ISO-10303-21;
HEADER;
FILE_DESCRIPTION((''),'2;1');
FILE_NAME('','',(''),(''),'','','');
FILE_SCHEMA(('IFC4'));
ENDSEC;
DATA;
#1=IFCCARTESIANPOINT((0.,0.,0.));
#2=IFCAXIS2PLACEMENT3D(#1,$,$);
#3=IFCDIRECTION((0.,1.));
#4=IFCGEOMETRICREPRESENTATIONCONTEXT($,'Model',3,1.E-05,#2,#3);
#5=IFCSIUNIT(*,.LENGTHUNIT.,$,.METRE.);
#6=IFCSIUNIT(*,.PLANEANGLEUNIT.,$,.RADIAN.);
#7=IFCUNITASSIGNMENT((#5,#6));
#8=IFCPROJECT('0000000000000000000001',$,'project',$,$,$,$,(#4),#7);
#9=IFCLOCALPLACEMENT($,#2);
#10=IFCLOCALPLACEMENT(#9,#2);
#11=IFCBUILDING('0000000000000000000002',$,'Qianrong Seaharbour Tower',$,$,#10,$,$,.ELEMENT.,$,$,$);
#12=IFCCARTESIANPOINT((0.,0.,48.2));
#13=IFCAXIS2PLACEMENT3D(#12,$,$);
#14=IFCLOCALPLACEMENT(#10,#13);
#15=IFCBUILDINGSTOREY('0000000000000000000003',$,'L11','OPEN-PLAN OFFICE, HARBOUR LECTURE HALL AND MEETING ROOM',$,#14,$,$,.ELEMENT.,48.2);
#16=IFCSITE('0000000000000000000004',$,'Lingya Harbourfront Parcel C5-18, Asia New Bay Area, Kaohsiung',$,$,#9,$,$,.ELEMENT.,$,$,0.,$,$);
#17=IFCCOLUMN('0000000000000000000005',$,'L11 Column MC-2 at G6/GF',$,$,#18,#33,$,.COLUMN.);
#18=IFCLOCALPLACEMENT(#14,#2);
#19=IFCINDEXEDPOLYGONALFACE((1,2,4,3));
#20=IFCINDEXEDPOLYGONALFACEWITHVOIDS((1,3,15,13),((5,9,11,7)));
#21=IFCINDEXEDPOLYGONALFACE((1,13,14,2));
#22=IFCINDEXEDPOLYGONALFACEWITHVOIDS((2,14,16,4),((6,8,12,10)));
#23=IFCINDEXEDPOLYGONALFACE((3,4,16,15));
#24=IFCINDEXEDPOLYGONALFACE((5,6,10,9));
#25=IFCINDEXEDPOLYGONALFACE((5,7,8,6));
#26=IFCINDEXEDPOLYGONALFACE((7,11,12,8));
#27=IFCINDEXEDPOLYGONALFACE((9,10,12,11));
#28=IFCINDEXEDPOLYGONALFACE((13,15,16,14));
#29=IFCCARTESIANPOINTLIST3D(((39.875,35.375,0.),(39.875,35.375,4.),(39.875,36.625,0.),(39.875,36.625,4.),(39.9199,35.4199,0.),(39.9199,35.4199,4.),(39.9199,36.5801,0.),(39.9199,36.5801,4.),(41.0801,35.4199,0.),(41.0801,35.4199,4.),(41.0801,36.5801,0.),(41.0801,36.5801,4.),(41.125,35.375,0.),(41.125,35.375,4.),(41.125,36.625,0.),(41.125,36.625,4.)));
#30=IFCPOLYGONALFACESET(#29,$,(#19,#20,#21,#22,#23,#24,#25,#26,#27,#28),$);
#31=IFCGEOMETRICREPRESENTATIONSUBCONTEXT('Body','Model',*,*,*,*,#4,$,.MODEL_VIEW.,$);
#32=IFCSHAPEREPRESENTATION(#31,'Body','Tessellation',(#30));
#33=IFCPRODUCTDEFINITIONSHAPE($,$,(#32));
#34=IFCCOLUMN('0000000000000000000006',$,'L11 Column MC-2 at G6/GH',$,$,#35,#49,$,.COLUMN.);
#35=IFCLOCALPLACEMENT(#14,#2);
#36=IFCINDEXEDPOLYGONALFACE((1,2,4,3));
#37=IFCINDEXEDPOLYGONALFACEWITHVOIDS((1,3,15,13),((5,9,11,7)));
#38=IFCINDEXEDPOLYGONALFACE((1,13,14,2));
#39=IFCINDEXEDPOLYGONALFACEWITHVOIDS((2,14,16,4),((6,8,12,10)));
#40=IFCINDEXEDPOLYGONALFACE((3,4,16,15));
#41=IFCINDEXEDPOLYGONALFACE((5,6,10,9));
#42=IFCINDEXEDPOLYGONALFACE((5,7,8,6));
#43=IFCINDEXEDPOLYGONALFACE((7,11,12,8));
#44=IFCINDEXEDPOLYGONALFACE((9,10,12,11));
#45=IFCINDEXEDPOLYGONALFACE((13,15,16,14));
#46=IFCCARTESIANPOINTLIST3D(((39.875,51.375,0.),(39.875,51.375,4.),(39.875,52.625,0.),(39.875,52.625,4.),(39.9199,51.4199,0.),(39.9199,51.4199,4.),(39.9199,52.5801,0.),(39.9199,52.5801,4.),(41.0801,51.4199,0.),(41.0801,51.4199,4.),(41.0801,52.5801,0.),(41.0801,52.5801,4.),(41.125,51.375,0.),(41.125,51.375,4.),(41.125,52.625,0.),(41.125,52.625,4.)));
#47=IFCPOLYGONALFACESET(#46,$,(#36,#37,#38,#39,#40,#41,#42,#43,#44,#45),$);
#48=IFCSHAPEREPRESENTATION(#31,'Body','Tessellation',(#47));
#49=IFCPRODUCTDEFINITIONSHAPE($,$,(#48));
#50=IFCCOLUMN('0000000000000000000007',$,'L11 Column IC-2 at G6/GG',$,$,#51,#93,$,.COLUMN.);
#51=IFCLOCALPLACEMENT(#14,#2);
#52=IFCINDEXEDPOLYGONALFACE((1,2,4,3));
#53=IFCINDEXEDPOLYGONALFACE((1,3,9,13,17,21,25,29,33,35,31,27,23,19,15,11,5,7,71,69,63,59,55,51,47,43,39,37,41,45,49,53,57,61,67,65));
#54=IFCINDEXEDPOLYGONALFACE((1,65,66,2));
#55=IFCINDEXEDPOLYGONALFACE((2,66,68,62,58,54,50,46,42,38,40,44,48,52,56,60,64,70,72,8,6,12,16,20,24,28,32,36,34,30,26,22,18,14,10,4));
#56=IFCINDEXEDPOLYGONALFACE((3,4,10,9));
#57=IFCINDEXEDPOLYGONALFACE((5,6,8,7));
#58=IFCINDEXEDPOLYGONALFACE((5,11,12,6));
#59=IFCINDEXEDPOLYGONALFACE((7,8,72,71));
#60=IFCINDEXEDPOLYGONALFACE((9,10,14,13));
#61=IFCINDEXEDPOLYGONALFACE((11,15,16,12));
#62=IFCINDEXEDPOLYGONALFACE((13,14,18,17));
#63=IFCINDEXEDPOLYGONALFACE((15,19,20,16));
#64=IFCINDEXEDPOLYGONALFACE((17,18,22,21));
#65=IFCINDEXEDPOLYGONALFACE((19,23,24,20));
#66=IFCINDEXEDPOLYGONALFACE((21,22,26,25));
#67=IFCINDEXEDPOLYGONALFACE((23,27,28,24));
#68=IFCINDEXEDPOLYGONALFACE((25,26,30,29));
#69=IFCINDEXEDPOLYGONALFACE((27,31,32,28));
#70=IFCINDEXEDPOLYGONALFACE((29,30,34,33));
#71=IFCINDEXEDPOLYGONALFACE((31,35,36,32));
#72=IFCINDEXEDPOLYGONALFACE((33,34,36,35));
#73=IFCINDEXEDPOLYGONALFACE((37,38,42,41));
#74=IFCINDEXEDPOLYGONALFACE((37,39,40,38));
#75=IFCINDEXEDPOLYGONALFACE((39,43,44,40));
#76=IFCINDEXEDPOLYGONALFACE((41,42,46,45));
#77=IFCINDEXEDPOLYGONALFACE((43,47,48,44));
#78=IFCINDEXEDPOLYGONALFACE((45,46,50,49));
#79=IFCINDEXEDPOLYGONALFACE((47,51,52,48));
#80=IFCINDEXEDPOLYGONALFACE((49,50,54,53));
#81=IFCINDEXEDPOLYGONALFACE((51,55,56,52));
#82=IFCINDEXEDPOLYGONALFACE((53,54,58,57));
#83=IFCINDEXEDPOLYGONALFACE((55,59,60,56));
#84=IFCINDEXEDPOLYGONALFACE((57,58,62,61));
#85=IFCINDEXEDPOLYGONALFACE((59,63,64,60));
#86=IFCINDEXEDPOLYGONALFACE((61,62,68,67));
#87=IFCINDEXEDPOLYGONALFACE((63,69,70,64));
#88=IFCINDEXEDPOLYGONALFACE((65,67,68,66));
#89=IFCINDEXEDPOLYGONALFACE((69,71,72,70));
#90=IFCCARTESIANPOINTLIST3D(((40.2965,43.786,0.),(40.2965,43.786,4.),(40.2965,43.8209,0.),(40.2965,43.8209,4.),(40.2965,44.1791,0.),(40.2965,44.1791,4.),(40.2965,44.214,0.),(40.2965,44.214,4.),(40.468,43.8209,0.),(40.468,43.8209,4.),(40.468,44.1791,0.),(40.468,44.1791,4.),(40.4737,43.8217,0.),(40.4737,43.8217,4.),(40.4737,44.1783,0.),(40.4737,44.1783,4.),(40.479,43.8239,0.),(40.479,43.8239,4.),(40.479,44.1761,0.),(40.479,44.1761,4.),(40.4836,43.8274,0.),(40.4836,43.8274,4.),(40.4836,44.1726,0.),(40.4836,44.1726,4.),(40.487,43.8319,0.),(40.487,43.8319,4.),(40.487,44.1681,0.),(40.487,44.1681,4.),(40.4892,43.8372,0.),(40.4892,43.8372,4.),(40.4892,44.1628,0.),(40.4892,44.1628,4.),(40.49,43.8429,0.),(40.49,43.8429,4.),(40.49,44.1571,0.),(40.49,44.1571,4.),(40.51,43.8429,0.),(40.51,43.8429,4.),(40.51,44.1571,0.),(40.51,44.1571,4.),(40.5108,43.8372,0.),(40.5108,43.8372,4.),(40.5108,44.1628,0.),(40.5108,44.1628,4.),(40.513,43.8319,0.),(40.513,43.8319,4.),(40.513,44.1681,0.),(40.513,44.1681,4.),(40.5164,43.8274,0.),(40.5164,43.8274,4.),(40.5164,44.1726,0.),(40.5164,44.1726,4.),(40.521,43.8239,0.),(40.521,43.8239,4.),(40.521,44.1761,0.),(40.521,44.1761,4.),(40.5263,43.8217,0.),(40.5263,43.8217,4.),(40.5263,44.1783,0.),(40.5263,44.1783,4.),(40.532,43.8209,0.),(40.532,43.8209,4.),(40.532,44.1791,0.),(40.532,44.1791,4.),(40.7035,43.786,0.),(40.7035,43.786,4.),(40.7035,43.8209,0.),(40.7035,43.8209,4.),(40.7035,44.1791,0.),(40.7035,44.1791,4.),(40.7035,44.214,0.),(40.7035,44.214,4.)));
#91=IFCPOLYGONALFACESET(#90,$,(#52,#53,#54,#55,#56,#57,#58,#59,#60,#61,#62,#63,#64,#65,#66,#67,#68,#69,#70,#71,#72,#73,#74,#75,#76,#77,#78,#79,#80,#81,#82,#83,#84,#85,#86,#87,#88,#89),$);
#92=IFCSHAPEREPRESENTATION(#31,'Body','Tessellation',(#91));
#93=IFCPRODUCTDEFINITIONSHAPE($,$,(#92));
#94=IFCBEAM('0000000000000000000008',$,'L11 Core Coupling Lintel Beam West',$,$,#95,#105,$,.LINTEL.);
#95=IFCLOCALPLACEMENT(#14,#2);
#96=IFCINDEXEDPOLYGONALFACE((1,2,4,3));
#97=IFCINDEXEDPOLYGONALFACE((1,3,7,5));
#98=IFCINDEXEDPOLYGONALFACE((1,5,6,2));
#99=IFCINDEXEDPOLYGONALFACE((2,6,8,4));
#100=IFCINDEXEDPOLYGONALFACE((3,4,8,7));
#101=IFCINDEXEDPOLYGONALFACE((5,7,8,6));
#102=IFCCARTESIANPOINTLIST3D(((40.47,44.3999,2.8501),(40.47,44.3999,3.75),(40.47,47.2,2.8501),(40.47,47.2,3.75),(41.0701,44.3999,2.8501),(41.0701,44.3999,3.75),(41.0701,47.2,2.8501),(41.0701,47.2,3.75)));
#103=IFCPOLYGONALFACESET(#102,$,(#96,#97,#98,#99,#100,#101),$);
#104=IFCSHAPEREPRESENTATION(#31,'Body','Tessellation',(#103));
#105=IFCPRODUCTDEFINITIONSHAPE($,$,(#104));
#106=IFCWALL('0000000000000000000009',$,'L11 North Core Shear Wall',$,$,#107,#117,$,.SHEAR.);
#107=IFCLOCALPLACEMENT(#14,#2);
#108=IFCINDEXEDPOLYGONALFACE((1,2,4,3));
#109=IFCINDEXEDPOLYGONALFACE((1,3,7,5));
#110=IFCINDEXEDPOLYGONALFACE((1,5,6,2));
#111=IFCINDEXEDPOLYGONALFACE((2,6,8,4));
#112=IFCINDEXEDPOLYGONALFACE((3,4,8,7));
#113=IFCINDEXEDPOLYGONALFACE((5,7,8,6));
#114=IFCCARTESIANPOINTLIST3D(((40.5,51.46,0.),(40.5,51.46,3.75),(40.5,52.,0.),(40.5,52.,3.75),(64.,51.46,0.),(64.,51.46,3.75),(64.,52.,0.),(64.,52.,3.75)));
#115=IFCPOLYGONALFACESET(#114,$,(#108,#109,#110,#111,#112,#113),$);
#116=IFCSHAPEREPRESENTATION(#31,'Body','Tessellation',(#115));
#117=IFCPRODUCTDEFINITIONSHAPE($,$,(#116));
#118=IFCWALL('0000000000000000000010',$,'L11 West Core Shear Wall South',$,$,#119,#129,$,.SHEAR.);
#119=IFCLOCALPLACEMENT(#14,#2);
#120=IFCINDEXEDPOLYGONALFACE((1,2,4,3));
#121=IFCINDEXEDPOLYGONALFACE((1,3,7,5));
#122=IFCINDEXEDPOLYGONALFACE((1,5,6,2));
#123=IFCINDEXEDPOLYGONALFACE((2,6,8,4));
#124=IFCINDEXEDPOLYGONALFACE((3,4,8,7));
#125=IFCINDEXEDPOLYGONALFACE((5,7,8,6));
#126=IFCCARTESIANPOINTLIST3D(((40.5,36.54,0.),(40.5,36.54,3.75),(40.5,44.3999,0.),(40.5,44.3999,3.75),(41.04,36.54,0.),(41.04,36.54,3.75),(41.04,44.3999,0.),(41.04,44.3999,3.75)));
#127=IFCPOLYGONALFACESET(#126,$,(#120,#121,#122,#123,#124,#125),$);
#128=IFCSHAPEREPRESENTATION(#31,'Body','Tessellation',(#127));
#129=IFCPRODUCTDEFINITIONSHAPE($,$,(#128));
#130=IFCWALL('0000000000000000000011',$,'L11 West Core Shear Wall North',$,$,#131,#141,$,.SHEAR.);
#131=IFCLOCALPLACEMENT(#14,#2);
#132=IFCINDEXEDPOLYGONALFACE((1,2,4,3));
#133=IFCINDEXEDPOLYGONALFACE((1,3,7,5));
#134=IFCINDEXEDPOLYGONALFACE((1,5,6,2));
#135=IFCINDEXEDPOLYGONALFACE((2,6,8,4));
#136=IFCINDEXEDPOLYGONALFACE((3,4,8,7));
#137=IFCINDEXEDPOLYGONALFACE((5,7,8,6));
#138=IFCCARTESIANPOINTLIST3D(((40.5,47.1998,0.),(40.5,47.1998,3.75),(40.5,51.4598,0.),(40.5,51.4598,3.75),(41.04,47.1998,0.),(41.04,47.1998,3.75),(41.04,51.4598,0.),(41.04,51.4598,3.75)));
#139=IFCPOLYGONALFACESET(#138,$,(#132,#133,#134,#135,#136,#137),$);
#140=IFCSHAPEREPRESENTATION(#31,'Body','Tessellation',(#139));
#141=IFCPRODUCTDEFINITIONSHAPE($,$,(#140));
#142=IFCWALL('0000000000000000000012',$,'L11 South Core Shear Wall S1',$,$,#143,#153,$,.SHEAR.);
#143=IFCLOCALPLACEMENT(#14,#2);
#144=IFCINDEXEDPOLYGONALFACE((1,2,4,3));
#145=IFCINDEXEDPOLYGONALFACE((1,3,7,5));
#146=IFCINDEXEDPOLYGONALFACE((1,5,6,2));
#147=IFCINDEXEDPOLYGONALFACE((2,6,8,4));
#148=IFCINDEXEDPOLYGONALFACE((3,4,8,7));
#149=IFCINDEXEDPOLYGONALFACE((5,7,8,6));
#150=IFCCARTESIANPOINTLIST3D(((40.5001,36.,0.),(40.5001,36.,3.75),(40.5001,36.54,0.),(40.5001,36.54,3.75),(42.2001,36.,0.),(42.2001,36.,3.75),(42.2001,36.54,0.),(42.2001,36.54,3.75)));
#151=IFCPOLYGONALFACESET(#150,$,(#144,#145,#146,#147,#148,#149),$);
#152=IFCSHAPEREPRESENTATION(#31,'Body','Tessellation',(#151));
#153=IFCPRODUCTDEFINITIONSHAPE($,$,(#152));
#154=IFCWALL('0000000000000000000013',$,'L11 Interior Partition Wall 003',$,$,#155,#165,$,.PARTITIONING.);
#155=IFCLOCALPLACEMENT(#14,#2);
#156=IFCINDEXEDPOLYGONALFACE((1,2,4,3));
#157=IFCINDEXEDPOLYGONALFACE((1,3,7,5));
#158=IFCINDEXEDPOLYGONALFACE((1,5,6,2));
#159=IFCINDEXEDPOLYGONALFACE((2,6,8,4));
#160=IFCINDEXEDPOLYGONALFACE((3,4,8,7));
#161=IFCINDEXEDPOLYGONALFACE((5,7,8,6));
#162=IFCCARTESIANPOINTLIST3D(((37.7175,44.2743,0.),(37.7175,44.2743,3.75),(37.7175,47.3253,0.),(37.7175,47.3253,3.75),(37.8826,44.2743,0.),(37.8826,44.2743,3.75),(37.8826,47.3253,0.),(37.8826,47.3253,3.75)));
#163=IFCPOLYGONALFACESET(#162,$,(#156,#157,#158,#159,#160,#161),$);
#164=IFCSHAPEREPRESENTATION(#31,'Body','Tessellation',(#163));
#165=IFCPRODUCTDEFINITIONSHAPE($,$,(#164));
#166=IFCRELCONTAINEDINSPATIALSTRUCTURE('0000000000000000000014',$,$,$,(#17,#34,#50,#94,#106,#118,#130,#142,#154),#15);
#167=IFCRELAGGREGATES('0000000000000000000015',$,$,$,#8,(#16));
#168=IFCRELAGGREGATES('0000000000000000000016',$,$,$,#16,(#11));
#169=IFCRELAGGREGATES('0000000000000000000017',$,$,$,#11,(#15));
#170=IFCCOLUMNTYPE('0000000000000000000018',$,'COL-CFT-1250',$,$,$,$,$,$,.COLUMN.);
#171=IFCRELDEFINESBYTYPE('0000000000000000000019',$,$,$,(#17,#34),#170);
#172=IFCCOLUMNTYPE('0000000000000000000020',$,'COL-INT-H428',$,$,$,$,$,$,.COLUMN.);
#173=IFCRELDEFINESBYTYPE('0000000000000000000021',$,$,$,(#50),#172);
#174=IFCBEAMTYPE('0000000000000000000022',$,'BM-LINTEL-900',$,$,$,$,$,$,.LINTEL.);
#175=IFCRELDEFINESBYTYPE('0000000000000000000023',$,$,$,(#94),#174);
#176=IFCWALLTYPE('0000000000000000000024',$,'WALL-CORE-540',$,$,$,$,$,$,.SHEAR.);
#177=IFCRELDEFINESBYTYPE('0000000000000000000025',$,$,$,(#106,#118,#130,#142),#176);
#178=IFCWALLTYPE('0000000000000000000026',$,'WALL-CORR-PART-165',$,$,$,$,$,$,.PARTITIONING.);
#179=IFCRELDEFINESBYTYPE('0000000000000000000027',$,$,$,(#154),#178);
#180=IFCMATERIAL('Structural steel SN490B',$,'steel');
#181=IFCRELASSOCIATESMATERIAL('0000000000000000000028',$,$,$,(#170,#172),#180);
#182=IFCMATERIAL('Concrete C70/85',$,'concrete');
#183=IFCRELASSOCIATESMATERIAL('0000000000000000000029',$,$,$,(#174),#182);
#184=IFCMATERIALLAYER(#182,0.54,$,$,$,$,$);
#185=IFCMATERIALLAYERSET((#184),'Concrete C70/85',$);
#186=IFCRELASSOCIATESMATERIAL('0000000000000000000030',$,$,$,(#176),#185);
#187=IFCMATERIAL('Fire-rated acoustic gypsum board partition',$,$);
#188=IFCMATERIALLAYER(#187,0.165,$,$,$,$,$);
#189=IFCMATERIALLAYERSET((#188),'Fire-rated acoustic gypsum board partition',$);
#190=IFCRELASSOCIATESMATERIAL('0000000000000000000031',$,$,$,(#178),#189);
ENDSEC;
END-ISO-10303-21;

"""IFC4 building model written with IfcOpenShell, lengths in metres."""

from ifc_helpers import new_model, si_unit, direction, frame, frame_2d, origin, origin_2d, place, context, subcontext, project, spatial, rectangle, hollow_rectangle, i_section, extrude, material, layer, layer_set, material_profile, profile_set, type_object, element, save


model = new_model("IFC4")

# Units and contexts
model_context = context("Model", 3, precision=1e-05, world=origin(), true_north=direction((0.0, 1.0)))
body_context = subcontext(model_context, "Body", "Model", "MODEL_VIEW")
ifc_project = project(units=[si_unit("LENGTHUNIT", "METRE"), si_unit("PLANEANGLEUNIT", "RADIAN")], contexts=[model_context])

# Site, building, storey
site_placement = place(None, origin())
site = spatial("IfcSite", under=ifc_project, at=site_placement, Name="Lingya Harbourfront Parcel C5-18, Asia New Bay Area, Kaohsiung", CompositionType="ELEMENT", RefElevation=0.0)
building_placement = place(site_placement, origin())
building = spatial("IfcBuilding", under=site, at=building_placement, Name="Qianrong Seaharbour Tower", CompositionType="ELEMENT")
storey_placement = place(building_placement, frame((0.0, 0.0, 48.2)))
storey = spatial("IfcBuildingStorey", under=building, at=storey_placement, Name="L11", Description="OPEN-PLAN OFFICE, HARBOUR LECTURE HALL AND MEETING ROOM", CompositionType="ELEMENT", Elevation=48.2)

# Columns
ifc_material_1 = material(Name="Structural steel SN490B", Category="steel")
ifc_material_profile_1 = material_profile(ifc_material_1, hollow_rectangle(XDim=1.25, YDim=1.25, WallThickness=0.0449, at=origin_2d()), Name="BOX1250x1250x45")
ifc_profile_set_1 = profile_set([ifc_material_profile_1], Name="Structural steel SN490B")
column_type_1 = type_object("IfcColumnType", Name="COL-CFT-1250", PredefinedType="COLUMN", material=ifc_profile_set_1)
for number, where, z_axis, x_axis, name in (
    (1, (40.5, 36.0, 0.0), (0.0, 0.0, 1.0), (1.0, 0.0, 0.0), "L11 Column MC-2 at G6/GF"),
    (2, (40.5, 52.0, 0.0), (0.0, 0.0, 1.0), (1.0, 0.0, 0.0), "L11 Column MC-2 at G6/GH"),
):
    element("IfcColumn", number, at=place(storey_placement, frame(where, z_axis=z_axis, x_axis=x_axis)), inside=storey, type_object=column_type_1, Name=name, PredefinedType="COLUMN", context=body_context, shape_type="SweptSolid", body=[
        extrude(hollow_rectangle(XDim=1.25, YDim=1.25, WallThickness=0.0449, at=origin_2d()), origin(), (0.0, 0.0, 1.0), 4.0),
    ])
ifc_material_profile_2 = material_profile(ifc_material_1, i_section(OverallWidth=0.407, OverallDepth=0.428, WebThickness=0.02, FlangeThickness=0.0349, FilletRadius=0.022, at=origin_2d()), Name="H428x407x20x35")
ifc_profile_set_2 = profile_set([ifc_material_profile_2], Name="Structural steel SN490B")
column_type_2 = type_object("IfcColumnType", Name="COL-INT-H428", PredefinedType="COLUMN", material=ifc_profile_set_2)
column_placement = place(storey_placement, frame((40.5, 44.0, 0.0), z_axis=(0.0, 0.0, 1.0), x_axis=(1.0, 0.0, 0.0)))
element("IfcColumn", 3, at=column_placement, inside=storey, type_object=column_type_2, Name="L11 Column IC-2 at G6/GG", PredefinedType="COLUMN", context=body_context, shape_type="SweptSolid", body=[
    extrude(i_section(OverallWidth=0.407, OverallDepth=0.428, WebThickness=0.02, FlangeThickness=0.0349, FilletRadius=0.022, at=origin_2d()), origin(), (0.0, 0.0, 1.0), 4.0),
])

# Beam
ifc_material_2 = material(Name="Concrete C70/85", Category="concrete")
ifc_material_profile_3 = material_profile(ifc_material_2, rectangle(XDim=0.6001, YDim=0.8999, at=origin_2d()), Name="RC600x900")
ifc_profile_set_3 = profile_set([ifc_material_profile_3], Name="Concrete C70/85")
beam_type = type_object("IfcBeamType", Name="BM-LINTEL-900", PredefinedType="LINTEL", material=ifc_profile_set_3)
beam_placement = place(storey_placement, frame((40.77, 44.3999, 3.3), z_axis=(0.0, 1.0, 0.0), x_axis=(-1.0, 0.0, 0.0)))
element("IfcBeam", 4, at=beam_placement, inside=storey, type_object=beam_type, Name="L11 Core Coupling Lintel Beam West", PredefinedType="LINTEL", context=body_context, shape_type="SweptSolid", body=[
    extrude(rectangle(XDim=0.6001, YDim=0.8999, at=origin_2d()), origin(), (0.0, 0.0, 1.0), 2.8),
])

# Walls
ifc_layer_1 = layer(ifc_material_2, 0.54)
ifc_layer_set_1 = layer_set([ifc_layer_1], Name="Concrete C70/85")
wall_type_1 = type_object("IfcWallType", Name="WALL-CORE-540", PredefinedType="SHEAR", material=ifc_layer_set_1)
wall_1_placement = place(storey_placement, frame((40.5, 51.73, 0.0), z_axis=(0.0, 0.0, 1.0), x_axis=(1.0, 0.0, 0.0)))
element("IfcWall", 5, at=wall_1_placement, inside=storey, type_object=wall_type_1, Name="L11 North Core Shear Wall", PredefinedType="SHEAR", context=body_context, shape_type="SweptSolid", body=[
    extrude(rectangle(XDim=23.5, YDim=0.54, at=frame_2d((11.75, 0.0))), origin(), (0.0, 0.0, 1.0), 3.75),
])
wall_2_placement = place(storey_placement, frame((40.77, 36.54, 0.0), z_axis=(0.0, 0.0, 1.0), x_axis=(0.0, 1.0, 0.0)))
element("IfcWall", 6, at=wall_2_placement, inside=storey, type_object=wall_type_1, Name="L11 West Core Shear Wall South", PredefinedType="SHEAR", context=body_context, shape_type="SweptSolid", body=[
    extrude(rectangle(XDim=7.8599, YDim=0.54, at=frame_2d((3.9299, 0.0))), origin(), (0.0, 0.0, 1.0), 3.75),
])
wall_3_placement = place(storey_placement, frame((40.77, 47.2, 0.0), z_axis=(0.0, 0.0, 1.0), x_axis=(0.0, 1.0, 0.0)))
element("IfcWall", 7, at=wall_3_placement, inside=storey, type_object=wall_type_1, Name="L11 West Core Shear Wall North", PredefinedType="SHEAR", context=body_context, shape_type="SweptSolid", body=[
    extrude(rectangle(XDim=4.26, YDim=0.54, at=frame_2d((2.1299, 0.0))), origin(), (0.0, 0.0, 1.0), 3.75),
])
wall_4_placement = place(storey_placement, frame((40.5, 36.27, 0.0), z_axis=(0.0, 0.0, 1.0), x_axis=(1.0, 0.0, 0.0)))
element("IfcWall", 8, at=wall_4_placement, inside=storey, type_object=wall_type_1, Name="L11 South Core Shear Wall S1", PredefinedType="SHEAR", context=body_context, shape_type="SweptSolid", body=[
    extrude(rectangle(XDim=1.7, YDim=0.54, at=frame_2d((0.8501, 0.0))), origin(), (0.0, 0.0, 1.0), 3.75),
])

# Shared definitions
ifc_material_3 = material(Name="Fire-rated acoustic gypsum board partition")
ifc_layer_2 = layer(ifc_material_3, 0.165)
ifc_layer_set_2 = layer_set([ifc_layer_2], Name="Fire-rated acoustic gypsum board partition")
wall_type_2 = type_object("IfcWallType", Name="WALL-CORR-PART-165", PredefinedType="PARTITIONING", material=ifc_layer_set_2)

# Wall
wall_5_placement = place(storey_placement, frame((37.8, 44.2744, 0.0), z_axis=(0.0, 0.0, 1.0), x_axis=(0.0, 1.0, 0.0)))
element("IfcWall", 9, at=wall_5_placement, inside=storey, type_object=wall_type_2, Name="L11 Interior Partition Wall 003", PredefinedType="PARTITIONING", context=body_context, shape_type="SweptSolid", body=[
    extrude(rectangle(XDim=3.051, YDim=0.165, at=frame_2d((1.5254, 0.0))), origin(), (0.0, 0.0, 1.0), 3.75),
])

save(model, "model.ifc")
